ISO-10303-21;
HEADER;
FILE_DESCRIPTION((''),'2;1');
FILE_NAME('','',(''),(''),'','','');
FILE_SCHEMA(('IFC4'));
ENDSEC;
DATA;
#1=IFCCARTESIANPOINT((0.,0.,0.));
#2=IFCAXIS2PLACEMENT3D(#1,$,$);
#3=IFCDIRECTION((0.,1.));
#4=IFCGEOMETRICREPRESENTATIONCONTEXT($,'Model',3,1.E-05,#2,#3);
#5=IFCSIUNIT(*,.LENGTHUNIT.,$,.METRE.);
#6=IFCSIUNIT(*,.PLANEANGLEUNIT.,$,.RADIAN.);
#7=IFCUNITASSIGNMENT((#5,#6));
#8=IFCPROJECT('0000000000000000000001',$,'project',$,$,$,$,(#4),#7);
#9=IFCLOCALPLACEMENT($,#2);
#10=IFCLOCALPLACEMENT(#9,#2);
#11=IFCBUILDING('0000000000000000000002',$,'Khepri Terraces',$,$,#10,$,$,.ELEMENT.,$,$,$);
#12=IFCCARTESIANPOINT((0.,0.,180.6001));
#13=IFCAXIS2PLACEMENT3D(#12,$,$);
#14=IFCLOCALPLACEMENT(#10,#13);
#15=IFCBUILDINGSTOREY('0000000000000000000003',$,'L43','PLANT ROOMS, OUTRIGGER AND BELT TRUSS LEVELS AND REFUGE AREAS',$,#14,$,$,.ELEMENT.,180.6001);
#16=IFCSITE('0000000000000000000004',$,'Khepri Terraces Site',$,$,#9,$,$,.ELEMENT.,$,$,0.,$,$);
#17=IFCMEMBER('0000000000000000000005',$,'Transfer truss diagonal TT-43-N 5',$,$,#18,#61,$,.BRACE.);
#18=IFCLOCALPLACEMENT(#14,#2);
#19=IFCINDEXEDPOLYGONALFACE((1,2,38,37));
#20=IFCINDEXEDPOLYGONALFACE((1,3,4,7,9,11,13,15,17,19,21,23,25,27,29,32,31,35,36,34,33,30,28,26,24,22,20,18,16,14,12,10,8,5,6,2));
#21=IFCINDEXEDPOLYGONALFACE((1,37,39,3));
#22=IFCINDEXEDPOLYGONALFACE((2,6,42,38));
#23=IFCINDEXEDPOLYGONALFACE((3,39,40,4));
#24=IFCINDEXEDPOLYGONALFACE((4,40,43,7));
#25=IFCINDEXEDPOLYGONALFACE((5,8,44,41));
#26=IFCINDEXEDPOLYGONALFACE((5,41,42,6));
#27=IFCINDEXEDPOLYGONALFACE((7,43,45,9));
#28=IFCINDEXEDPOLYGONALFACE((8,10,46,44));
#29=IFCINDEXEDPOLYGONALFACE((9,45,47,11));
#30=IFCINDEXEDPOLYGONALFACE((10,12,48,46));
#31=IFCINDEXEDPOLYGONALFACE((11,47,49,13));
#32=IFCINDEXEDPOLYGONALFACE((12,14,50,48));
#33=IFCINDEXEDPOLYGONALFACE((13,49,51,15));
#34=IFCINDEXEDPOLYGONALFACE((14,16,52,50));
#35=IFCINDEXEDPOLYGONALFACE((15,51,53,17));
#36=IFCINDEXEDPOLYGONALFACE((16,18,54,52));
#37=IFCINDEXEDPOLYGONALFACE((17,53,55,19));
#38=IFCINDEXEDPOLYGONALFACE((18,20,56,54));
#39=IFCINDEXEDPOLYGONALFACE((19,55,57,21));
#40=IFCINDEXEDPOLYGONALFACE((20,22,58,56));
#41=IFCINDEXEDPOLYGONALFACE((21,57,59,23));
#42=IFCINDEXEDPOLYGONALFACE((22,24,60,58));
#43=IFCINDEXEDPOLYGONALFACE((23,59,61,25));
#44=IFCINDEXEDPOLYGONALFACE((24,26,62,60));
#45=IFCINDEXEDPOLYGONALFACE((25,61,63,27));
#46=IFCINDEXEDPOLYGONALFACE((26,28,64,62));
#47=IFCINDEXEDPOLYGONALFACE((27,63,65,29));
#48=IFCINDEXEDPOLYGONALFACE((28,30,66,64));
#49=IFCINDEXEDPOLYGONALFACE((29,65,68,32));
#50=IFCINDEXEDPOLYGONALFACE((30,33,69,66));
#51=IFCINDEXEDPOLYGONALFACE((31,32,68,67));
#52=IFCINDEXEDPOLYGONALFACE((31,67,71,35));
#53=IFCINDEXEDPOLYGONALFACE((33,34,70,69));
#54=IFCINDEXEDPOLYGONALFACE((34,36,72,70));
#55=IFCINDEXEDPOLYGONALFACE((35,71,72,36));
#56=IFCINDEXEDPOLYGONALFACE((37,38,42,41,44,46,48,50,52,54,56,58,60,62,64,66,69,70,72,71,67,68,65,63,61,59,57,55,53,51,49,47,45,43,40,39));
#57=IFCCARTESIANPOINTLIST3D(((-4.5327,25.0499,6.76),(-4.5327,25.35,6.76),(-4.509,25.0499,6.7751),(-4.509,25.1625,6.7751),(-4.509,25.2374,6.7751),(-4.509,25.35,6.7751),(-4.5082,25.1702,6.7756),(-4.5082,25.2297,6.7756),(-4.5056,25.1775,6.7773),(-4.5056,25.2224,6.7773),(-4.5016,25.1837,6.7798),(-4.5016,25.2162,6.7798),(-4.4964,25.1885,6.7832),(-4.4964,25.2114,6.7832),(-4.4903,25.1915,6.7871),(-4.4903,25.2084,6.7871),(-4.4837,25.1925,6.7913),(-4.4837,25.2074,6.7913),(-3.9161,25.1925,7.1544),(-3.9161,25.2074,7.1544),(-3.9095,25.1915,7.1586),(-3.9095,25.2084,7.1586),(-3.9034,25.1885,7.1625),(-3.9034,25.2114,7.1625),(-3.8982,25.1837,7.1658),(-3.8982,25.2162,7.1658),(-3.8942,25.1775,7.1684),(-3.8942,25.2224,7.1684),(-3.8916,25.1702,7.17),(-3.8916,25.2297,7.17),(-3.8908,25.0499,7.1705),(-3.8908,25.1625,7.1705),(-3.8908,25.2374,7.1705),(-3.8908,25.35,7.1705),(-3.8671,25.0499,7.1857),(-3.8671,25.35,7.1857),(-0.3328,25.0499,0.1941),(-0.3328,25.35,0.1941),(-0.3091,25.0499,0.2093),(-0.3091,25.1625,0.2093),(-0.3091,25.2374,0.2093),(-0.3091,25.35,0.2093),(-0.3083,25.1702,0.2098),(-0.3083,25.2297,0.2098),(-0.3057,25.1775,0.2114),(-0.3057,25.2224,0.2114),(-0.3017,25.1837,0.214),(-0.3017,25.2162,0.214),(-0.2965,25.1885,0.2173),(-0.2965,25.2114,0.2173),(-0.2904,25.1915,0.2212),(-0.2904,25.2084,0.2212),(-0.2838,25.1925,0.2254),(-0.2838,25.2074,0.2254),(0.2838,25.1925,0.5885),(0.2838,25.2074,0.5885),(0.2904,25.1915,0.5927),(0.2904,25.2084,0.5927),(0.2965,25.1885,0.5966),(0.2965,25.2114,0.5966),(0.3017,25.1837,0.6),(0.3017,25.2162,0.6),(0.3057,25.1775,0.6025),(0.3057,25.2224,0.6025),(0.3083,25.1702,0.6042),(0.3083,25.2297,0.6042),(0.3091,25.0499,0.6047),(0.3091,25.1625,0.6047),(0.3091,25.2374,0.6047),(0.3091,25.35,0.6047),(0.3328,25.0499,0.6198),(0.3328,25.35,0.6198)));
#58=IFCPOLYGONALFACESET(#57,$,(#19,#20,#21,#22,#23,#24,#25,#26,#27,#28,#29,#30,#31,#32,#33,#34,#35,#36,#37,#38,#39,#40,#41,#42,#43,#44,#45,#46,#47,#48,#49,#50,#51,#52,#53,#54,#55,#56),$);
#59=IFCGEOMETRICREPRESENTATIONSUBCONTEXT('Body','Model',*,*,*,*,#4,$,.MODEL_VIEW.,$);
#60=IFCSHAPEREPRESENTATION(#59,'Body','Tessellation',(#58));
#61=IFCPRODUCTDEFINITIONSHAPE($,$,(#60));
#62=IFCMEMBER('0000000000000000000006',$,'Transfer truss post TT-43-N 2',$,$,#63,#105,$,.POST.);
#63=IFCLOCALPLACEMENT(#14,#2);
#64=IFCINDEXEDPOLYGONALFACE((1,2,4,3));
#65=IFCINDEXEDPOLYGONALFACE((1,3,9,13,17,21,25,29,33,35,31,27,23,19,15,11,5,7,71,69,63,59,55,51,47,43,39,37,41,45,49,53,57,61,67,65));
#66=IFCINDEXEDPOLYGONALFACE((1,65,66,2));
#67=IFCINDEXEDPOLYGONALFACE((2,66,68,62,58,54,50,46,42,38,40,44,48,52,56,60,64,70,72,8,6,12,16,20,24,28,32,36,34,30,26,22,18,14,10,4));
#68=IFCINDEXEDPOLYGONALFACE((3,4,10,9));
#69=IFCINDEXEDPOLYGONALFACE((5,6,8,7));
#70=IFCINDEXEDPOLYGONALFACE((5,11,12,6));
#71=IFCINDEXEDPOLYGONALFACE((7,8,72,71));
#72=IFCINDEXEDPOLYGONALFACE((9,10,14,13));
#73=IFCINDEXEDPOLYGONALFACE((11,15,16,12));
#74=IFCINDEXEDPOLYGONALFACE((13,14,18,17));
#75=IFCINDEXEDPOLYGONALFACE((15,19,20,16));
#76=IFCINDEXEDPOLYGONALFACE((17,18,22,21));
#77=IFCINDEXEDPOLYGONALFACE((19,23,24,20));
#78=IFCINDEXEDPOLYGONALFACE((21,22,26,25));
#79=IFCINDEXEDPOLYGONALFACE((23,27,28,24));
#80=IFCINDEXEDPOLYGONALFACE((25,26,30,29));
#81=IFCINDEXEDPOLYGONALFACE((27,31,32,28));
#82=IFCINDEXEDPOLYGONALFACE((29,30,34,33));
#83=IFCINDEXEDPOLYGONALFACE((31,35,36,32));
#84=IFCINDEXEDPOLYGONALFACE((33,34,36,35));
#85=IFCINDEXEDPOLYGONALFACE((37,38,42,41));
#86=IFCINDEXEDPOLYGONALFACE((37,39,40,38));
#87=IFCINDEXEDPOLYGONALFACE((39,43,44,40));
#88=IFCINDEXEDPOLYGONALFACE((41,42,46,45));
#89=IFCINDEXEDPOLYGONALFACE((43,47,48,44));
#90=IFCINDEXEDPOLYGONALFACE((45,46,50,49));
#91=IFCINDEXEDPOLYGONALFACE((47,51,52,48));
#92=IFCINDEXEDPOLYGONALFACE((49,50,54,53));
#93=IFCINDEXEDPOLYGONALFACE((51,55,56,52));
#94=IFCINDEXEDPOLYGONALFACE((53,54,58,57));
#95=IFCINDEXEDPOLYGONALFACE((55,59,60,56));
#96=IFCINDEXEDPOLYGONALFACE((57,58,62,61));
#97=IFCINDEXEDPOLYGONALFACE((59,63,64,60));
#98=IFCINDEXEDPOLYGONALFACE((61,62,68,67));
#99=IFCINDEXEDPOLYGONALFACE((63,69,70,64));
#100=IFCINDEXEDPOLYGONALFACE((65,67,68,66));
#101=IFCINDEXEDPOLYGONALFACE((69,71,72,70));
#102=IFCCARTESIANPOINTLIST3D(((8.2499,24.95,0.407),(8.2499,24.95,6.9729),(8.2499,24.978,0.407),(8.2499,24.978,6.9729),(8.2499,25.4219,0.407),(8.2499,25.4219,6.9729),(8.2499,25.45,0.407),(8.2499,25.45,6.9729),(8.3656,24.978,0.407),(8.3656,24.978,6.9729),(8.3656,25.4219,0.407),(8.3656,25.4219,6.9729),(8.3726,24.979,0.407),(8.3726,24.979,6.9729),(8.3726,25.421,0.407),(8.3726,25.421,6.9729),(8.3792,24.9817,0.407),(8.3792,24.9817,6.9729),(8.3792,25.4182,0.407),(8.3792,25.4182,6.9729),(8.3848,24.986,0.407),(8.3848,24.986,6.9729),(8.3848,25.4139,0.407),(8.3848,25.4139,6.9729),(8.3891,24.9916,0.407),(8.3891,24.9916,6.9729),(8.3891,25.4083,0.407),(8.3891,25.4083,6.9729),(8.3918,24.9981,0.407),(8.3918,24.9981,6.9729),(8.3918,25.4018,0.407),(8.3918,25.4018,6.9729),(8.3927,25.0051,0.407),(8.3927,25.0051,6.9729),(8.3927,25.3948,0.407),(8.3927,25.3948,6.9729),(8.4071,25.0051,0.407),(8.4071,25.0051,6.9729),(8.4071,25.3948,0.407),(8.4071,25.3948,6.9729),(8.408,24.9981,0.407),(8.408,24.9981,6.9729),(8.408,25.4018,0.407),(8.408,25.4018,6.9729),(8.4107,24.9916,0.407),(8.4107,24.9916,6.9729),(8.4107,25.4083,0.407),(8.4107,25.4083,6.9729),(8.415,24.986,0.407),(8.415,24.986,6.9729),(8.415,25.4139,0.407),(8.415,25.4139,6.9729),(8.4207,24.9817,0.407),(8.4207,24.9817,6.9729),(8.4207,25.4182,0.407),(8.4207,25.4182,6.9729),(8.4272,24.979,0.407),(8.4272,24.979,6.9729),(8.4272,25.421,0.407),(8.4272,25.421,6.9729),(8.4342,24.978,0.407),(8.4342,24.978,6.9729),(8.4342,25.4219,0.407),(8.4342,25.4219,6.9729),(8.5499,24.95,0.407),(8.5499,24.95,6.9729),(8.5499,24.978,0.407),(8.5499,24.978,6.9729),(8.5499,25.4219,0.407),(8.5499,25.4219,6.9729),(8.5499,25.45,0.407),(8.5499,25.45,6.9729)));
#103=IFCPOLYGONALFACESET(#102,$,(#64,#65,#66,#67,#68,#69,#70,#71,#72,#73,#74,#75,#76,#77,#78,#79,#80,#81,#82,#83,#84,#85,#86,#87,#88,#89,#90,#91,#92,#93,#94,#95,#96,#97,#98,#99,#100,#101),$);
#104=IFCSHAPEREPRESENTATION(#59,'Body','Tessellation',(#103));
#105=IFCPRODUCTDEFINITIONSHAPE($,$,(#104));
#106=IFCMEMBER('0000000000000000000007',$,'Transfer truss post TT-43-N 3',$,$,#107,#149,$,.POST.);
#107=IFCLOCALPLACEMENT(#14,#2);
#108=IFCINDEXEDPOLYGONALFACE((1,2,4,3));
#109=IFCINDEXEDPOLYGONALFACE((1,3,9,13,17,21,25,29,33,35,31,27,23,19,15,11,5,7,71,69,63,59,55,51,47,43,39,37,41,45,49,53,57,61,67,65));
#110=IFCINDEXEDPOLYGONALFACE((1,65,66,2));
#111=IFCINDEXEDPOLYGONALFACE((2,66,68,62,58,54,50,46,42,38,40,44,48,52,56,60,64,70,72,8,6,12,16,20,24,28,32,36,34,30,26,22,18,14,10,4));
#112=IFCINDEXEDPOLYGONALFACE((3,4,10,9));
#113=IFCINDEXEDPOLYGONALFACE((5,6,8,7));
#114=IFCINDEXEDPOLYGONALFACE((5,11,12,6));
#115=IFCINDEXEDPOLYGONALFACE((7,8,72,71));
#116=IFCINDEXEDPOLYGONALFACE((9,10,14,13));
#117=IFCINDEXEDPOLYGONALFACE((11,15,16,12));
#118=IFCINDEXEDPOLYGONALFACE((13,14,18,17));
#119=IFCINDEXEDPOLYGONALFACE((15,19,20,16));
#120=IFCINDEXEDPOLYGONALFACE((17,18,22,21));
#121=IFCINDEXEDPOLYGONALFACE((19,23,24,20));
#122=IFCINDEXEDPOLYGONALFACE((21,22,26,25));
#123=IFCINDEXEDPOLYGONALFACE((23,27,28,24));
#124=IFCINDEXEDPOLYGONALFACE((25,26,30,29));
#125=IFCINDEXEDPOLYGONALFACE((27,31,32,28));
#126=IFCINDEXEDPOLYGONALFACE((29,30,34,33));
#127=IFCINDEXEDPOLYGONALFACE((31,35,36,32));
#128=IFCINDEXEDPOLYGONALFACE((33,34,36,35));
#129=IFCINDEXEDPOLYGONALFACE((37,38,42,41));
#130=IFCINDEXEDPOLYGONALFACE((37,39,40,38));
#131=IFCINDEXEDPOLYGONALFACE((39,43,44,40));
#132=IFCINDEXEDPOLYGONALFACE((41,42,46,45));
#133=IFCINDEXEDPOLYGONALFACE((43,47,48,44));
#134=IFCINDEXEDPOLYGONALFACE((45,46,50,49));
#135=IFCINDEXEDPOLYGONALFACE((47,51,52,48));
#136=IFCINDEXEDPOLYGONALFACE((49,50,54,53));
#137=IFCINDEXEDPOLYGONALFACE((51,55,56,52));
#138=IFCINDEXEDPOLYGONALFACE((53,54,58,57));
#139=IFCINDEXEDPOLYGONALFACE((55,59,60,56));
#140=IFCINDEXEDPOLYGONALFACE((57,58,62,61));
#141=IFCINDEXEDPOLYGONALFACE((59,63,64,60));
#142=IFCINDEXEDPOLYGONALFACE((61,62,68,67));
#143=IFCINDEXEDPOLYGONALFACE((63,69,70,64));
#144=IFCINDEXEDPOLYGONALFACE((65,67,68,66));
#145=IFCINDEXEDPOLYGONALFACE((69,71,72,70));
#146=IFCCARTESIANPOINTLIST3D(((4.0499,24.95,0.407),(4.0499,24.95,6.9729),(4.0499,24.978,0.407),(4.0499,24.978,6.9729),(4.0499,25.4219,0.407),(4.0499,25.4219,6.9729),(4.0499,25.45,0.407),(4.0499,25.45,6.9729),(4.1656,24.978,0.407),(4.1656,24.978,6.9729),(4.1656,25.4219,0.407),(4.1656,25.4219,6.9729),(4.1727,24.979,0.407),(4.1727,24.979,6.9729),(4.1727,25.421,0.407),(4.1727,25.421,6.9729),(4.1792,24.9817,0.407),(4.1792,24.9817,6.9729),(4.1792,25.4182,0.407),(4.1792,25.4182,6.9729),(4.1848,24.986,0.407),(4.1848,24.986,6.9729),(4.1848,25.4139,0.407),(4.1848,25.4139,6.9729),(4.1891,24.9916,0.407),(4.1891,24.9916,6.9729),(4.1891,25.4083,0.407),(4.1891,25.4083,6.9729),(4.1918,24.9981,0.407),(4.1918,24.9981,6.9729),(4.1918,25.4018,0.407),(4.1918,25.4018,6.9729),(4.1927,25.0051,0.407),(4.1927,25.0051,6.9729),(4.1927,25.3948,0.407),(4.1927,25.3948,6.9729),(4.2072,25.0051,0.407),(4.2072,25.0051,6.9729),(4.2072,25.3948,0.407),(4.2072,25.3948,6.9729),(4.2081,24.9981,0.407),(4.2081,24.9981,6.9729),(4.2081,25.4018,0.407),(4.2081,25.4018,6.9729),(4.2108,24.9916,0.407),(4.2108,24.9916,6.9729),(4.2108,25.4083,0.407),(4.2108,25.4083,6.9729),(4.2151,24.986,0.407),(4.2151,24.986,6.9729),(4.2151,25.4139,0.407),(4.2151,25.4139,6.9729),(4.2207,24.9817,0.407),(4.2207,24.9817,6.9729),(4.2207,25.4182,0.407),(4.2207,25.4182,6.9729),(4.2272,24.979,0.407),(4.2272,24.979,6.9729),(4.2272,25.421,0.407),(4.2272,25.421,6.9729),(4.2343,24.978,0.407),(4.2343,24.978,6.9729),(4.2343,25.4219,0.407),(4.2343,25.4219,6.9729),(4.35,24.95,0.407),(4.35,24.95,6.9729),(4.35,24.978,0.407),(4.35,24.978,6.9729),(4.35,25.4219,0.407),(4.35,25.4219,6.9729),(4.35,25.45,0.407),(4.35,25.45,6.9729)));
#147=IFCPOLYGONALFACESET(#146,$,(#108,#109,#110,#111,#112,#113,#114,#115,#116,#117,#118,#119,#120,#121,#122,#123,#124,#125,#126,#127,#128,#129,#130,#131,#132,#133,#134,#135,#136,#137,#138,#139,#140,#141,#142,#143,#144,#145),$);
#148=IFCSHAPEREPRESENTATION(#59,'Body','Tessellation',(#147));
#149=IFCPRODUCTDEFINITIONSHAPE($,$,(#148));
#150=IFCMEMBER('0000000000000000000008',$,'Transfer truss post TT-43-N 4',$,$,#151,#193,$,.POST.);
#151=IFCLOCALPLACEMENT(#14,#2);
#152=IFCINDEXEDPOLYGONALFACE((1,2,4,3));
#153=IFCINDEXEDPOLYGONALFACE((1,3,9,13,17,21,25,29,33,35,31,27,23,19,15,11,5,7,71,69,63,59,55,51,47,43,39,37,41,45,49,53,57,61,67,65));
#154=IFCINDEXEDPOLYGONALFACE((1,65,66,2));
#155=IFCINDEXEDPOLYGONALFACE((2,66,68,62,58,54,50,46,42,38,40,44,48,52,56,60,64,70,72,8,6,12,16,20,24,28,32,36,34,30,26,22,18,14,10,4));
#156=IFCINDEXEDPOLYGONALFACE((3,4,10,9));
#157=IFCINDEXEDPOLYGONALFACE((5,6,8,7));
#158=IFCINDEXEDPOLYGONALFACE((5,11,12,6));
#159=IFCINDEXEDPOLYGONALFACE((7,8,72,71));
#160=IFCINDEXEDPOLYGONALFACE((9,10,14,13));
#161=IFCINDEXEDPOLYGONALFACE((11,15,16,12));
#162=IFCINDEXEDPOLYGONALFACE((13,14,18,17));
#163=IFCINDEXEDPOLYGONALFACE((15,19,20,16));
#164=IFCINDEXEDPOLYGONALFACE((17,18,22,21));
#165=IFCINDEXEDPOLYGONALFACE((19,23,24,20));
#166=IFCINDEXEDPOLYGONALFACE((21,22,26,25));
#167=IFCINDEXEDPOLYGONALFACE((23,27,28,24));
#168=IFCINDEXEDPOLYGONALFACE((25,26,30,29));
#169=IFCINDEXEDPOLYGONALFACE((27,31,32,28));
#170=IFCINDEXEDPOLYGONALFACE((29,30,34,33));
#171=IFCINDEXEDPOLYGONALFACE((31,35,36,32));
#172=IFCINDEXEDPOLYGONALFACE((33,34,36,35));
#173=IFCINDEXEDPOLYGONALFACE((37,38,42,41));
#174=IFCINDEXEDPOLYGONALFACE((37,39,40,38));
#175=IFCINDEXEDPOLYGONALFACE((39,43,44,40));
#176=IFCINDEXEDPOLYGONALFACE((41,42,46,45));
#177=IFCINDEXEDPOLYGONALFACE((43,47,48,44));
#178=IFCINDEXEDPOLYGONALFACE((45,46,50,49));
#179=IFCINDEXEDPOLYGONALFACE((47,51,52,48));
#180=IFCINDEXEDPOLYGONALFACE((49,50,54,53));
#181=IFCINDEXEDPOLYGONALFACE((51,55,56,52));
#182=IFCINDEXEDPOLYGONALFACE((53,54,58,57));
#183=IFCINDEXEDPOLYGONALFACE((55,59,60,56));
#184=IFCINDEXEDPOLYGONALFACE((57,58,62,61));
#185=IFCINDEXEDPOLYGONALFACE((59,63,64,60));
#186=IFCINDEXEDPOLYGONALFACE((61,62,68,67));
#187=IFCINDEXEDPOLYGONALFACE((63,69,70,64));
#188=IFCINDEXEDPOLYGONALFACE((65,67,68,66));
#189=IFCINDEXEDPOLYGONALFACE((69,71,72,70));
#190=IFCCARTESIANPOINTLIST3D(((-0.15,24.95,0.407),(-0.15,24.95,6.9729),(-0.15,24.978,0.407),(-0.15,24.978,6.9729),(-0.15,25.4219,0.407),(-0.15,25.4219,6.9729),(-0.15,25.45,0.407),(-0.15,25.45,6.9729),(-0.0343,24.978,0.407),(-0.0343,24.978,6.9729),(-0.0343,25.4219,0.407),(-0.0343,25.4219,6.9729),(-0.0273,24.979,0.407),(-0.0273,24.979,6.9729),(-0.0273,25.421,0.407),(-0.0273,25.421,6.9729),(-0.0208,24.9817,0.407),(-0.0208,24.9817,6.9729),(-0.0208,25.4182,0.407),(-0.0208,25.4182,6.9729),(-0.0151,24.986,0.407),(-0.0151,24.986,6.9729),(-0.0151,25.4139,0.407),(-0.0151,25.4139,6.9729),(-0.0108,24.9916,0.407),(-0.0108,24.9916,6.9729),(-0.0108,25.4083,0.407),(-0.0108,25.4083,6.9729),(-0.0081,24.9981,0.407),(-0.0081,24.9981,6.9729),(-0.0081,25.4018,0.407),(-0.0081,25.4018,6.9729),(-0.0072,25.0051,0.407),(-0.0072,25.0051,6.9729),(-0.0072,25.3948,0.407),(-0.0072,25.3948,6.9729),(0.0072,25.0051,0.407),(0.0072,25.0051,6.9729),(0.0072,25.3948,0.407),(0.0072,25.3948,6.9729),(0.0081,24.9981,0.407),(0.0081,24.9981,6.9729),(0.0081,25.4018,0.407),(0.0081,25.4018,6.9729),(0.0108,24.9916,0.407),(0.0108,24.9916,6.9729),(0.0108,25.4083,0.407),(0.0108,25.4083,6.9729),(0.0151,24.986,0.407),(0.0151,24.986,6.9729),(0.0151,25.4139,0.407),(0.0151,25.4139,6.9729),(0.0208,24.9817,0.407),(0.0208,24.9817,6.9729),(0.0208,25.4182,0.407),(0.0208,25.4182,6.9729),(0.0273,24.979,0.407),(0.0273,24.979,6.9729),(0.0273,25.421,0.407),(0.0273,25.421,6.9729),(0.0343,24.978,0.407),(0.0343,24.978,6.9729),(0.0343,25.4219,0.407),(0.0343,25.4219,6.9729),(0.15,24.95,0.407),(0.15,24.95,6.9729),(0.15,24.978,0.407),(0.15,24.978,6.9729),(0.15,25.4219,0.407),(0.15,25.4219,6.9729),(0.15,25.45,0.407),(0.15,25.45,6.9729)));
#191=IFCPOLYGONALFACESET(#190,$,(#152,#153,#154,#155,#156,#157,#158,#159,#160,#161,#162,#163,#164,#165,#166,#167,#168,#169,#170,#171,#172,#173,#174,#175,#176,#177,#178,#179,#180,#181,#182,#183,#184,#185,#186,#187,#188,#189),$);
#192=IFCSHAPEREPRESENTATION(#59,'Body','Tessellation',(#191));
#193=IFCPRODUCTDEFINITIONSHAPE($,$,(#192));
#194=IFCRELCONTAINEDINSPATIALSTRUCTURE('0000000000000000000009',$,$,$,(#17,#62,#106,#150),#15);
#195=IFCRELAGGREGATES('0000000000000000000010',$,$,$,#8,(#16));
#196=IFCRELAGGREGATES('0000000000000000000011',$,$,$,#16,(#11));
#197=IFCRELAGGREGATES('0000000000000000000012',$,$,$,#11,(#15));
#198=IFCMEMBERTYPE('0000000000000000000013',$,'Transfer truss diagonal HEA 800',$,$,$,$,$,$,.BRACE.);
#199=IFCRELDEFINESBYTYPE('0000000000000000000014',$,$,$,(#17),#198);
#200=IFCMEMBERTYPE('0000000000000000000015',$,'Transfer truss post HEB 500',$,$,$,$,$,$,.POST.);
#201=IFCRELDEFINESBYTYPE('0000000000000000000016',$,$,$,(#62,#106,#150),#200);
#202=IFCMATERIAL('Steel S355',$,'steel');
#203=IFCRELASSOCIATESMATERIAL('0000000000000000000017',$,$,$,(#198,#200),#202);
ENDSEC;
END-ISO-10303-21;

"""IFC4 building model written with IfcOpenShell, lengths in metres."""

from ifc_helpers import new_model, si_unit, direction, frame, origin, origin_2d, place, context, subcontext, project, spatial, i_section, extrude, material, material_profile, profile_set, type_object, element, save


model = new_model("IFC4")

# Units and contexts
model_context = context("Model", 3, precision=1e-05, world=origin(), true_north=direction((0.0, 1.0)))
body_context = subcontext(model_context, "Body", "Model", "MODEL_VIEW")
ifc_project = project(units=[si_unit("LENGTHUNIT", "METRE"), si_unit("PLANEANGLEUNIT", "RADIAN")], contexts=[model_context])

# Site, building, storey
site_placement = place(None, origin())
site = spatial("IfcSite", under=ifc_project, at=site_placement, Name="Khepri Terraces Site", CompositionType="ELEMENT", RefElevation=0.0)
building_placement = place(site_placement, origin())
building = spatial("IfcBuilding", under=site, at=building_placement, Name="Khepri Terraces", CompositionType="ELEMENT")
storey_placement = place(building_placement, frame((0.0, 0.0, 180.6001)))
storey = spatial("IfcBuildingStorey", under=building, at=storey_placement, Name="L43", Description="PLANT ROOMS, OUTRIGGER AND BELT TRUSS LEVELS AND REFUGE AREAS", CompositionType="ELEMENT", Elevation=180.6001)

# Members
ifc_material_1 = material(Name="Steel S355", Category="steel")
ifc_material_profile_1 = material_profile(ifc_material_1, i_section(OverallWidth=0.3, OverallDepth=0.79, WebThickness=0.0149, FlangeThickness=0.0281, FilletRadius=0.03, at=origin_2d()), Name="Steel S355", Category="steel")
ifc_profile_set_1 = profile_set([ifc_material_profile_1], Name="Steel S355")
member_type_1 = type_object("IfcMemberType", Name="Transfer truss diagonal HEA 800", PredefinedType="BRACE", material=ifc_profile_set_1)
for number, where, z_axis, x_axis, name in (
    (1, (0.0, 25.2, 0.407), (-0.53885, 0.0, 0.842402), (0.0, -1.0, 0.0), "Transfer truss diagonal TT-43-N 5"),
):
    element("IfcMember", number, at=place(storey_placement, frame(where, z_axis=z_axis, x_axis=x_axis)), inside=storey, type_object=member_type_1, Name=name, PredefinedType="BRACE", context=body_context, shape_type="SweptSolid", body=[
        extrude(i_section(OverallWidth=0.3, OverallDepth=0.79, WebThickness=0.0149, FlangeThickness=0.0281, FilletRadius=0.03, at=origin_2d()), origin(), (0.0, 0.0, 1.0), 7.7942),
    ])
ifc_material_profile_2 = material_profile(ifc_material_1, i_section(OverallWidth=0.3, OverallDepth=0.5, WebThickness=0.0144, FlangeThickness=0.0281, FilletRadius=0.0271, at=origin_2d()), Name="Steel S355", Category="steel")
ifc_profile_set_2 = profile_set([ifc_material_profile_2], Name="Steel S355")
member_type_2 = type_object("IfcMemberType", Name="Transfer truss post HEB 500", PredefinedType="POST", material=ifc_profile_set_2)
for number, where, z_axis, x_axis, name in (
    (2, (8.3999, 25.2, 0.407), (0.0, 0.0, 1.0), (1.0, 0.0, 0.0), "Transfer truss post TT-43-N 2"),
    (3, (4.2, 25.2, 0.407), (0.0, 0.0, 1.0), (1.0, 0.0, 0.0), "Transfer truss post TT-43-N 3"),
    (4, (0.0, 25.2, 0.407), (0.0, 0.0, 1.0), (1.0, 0.0, 0.0), "Transfer truss post TT-43-N 4"),
):
    element("IfcMember", number, at=place(storey_placement, frame(where, z_axis=z_axis, x_axis=x_axis)), inside=storey, type_object=member_type_2, Name=name, PredefinedType="POST", context=body_context, shape_type="SweptSolid", body=[
        extrude(i_section(OverallWidth=0.3, OverallDepth=0.5, WebThickness=0.0144, FlangeThickness=0.0281, FilletRadius=0.0271, at=origin_2d()), origin(), (0.0, 0.0, 1.0), 6.5659),
    ])

save(model, "model.ifc")
